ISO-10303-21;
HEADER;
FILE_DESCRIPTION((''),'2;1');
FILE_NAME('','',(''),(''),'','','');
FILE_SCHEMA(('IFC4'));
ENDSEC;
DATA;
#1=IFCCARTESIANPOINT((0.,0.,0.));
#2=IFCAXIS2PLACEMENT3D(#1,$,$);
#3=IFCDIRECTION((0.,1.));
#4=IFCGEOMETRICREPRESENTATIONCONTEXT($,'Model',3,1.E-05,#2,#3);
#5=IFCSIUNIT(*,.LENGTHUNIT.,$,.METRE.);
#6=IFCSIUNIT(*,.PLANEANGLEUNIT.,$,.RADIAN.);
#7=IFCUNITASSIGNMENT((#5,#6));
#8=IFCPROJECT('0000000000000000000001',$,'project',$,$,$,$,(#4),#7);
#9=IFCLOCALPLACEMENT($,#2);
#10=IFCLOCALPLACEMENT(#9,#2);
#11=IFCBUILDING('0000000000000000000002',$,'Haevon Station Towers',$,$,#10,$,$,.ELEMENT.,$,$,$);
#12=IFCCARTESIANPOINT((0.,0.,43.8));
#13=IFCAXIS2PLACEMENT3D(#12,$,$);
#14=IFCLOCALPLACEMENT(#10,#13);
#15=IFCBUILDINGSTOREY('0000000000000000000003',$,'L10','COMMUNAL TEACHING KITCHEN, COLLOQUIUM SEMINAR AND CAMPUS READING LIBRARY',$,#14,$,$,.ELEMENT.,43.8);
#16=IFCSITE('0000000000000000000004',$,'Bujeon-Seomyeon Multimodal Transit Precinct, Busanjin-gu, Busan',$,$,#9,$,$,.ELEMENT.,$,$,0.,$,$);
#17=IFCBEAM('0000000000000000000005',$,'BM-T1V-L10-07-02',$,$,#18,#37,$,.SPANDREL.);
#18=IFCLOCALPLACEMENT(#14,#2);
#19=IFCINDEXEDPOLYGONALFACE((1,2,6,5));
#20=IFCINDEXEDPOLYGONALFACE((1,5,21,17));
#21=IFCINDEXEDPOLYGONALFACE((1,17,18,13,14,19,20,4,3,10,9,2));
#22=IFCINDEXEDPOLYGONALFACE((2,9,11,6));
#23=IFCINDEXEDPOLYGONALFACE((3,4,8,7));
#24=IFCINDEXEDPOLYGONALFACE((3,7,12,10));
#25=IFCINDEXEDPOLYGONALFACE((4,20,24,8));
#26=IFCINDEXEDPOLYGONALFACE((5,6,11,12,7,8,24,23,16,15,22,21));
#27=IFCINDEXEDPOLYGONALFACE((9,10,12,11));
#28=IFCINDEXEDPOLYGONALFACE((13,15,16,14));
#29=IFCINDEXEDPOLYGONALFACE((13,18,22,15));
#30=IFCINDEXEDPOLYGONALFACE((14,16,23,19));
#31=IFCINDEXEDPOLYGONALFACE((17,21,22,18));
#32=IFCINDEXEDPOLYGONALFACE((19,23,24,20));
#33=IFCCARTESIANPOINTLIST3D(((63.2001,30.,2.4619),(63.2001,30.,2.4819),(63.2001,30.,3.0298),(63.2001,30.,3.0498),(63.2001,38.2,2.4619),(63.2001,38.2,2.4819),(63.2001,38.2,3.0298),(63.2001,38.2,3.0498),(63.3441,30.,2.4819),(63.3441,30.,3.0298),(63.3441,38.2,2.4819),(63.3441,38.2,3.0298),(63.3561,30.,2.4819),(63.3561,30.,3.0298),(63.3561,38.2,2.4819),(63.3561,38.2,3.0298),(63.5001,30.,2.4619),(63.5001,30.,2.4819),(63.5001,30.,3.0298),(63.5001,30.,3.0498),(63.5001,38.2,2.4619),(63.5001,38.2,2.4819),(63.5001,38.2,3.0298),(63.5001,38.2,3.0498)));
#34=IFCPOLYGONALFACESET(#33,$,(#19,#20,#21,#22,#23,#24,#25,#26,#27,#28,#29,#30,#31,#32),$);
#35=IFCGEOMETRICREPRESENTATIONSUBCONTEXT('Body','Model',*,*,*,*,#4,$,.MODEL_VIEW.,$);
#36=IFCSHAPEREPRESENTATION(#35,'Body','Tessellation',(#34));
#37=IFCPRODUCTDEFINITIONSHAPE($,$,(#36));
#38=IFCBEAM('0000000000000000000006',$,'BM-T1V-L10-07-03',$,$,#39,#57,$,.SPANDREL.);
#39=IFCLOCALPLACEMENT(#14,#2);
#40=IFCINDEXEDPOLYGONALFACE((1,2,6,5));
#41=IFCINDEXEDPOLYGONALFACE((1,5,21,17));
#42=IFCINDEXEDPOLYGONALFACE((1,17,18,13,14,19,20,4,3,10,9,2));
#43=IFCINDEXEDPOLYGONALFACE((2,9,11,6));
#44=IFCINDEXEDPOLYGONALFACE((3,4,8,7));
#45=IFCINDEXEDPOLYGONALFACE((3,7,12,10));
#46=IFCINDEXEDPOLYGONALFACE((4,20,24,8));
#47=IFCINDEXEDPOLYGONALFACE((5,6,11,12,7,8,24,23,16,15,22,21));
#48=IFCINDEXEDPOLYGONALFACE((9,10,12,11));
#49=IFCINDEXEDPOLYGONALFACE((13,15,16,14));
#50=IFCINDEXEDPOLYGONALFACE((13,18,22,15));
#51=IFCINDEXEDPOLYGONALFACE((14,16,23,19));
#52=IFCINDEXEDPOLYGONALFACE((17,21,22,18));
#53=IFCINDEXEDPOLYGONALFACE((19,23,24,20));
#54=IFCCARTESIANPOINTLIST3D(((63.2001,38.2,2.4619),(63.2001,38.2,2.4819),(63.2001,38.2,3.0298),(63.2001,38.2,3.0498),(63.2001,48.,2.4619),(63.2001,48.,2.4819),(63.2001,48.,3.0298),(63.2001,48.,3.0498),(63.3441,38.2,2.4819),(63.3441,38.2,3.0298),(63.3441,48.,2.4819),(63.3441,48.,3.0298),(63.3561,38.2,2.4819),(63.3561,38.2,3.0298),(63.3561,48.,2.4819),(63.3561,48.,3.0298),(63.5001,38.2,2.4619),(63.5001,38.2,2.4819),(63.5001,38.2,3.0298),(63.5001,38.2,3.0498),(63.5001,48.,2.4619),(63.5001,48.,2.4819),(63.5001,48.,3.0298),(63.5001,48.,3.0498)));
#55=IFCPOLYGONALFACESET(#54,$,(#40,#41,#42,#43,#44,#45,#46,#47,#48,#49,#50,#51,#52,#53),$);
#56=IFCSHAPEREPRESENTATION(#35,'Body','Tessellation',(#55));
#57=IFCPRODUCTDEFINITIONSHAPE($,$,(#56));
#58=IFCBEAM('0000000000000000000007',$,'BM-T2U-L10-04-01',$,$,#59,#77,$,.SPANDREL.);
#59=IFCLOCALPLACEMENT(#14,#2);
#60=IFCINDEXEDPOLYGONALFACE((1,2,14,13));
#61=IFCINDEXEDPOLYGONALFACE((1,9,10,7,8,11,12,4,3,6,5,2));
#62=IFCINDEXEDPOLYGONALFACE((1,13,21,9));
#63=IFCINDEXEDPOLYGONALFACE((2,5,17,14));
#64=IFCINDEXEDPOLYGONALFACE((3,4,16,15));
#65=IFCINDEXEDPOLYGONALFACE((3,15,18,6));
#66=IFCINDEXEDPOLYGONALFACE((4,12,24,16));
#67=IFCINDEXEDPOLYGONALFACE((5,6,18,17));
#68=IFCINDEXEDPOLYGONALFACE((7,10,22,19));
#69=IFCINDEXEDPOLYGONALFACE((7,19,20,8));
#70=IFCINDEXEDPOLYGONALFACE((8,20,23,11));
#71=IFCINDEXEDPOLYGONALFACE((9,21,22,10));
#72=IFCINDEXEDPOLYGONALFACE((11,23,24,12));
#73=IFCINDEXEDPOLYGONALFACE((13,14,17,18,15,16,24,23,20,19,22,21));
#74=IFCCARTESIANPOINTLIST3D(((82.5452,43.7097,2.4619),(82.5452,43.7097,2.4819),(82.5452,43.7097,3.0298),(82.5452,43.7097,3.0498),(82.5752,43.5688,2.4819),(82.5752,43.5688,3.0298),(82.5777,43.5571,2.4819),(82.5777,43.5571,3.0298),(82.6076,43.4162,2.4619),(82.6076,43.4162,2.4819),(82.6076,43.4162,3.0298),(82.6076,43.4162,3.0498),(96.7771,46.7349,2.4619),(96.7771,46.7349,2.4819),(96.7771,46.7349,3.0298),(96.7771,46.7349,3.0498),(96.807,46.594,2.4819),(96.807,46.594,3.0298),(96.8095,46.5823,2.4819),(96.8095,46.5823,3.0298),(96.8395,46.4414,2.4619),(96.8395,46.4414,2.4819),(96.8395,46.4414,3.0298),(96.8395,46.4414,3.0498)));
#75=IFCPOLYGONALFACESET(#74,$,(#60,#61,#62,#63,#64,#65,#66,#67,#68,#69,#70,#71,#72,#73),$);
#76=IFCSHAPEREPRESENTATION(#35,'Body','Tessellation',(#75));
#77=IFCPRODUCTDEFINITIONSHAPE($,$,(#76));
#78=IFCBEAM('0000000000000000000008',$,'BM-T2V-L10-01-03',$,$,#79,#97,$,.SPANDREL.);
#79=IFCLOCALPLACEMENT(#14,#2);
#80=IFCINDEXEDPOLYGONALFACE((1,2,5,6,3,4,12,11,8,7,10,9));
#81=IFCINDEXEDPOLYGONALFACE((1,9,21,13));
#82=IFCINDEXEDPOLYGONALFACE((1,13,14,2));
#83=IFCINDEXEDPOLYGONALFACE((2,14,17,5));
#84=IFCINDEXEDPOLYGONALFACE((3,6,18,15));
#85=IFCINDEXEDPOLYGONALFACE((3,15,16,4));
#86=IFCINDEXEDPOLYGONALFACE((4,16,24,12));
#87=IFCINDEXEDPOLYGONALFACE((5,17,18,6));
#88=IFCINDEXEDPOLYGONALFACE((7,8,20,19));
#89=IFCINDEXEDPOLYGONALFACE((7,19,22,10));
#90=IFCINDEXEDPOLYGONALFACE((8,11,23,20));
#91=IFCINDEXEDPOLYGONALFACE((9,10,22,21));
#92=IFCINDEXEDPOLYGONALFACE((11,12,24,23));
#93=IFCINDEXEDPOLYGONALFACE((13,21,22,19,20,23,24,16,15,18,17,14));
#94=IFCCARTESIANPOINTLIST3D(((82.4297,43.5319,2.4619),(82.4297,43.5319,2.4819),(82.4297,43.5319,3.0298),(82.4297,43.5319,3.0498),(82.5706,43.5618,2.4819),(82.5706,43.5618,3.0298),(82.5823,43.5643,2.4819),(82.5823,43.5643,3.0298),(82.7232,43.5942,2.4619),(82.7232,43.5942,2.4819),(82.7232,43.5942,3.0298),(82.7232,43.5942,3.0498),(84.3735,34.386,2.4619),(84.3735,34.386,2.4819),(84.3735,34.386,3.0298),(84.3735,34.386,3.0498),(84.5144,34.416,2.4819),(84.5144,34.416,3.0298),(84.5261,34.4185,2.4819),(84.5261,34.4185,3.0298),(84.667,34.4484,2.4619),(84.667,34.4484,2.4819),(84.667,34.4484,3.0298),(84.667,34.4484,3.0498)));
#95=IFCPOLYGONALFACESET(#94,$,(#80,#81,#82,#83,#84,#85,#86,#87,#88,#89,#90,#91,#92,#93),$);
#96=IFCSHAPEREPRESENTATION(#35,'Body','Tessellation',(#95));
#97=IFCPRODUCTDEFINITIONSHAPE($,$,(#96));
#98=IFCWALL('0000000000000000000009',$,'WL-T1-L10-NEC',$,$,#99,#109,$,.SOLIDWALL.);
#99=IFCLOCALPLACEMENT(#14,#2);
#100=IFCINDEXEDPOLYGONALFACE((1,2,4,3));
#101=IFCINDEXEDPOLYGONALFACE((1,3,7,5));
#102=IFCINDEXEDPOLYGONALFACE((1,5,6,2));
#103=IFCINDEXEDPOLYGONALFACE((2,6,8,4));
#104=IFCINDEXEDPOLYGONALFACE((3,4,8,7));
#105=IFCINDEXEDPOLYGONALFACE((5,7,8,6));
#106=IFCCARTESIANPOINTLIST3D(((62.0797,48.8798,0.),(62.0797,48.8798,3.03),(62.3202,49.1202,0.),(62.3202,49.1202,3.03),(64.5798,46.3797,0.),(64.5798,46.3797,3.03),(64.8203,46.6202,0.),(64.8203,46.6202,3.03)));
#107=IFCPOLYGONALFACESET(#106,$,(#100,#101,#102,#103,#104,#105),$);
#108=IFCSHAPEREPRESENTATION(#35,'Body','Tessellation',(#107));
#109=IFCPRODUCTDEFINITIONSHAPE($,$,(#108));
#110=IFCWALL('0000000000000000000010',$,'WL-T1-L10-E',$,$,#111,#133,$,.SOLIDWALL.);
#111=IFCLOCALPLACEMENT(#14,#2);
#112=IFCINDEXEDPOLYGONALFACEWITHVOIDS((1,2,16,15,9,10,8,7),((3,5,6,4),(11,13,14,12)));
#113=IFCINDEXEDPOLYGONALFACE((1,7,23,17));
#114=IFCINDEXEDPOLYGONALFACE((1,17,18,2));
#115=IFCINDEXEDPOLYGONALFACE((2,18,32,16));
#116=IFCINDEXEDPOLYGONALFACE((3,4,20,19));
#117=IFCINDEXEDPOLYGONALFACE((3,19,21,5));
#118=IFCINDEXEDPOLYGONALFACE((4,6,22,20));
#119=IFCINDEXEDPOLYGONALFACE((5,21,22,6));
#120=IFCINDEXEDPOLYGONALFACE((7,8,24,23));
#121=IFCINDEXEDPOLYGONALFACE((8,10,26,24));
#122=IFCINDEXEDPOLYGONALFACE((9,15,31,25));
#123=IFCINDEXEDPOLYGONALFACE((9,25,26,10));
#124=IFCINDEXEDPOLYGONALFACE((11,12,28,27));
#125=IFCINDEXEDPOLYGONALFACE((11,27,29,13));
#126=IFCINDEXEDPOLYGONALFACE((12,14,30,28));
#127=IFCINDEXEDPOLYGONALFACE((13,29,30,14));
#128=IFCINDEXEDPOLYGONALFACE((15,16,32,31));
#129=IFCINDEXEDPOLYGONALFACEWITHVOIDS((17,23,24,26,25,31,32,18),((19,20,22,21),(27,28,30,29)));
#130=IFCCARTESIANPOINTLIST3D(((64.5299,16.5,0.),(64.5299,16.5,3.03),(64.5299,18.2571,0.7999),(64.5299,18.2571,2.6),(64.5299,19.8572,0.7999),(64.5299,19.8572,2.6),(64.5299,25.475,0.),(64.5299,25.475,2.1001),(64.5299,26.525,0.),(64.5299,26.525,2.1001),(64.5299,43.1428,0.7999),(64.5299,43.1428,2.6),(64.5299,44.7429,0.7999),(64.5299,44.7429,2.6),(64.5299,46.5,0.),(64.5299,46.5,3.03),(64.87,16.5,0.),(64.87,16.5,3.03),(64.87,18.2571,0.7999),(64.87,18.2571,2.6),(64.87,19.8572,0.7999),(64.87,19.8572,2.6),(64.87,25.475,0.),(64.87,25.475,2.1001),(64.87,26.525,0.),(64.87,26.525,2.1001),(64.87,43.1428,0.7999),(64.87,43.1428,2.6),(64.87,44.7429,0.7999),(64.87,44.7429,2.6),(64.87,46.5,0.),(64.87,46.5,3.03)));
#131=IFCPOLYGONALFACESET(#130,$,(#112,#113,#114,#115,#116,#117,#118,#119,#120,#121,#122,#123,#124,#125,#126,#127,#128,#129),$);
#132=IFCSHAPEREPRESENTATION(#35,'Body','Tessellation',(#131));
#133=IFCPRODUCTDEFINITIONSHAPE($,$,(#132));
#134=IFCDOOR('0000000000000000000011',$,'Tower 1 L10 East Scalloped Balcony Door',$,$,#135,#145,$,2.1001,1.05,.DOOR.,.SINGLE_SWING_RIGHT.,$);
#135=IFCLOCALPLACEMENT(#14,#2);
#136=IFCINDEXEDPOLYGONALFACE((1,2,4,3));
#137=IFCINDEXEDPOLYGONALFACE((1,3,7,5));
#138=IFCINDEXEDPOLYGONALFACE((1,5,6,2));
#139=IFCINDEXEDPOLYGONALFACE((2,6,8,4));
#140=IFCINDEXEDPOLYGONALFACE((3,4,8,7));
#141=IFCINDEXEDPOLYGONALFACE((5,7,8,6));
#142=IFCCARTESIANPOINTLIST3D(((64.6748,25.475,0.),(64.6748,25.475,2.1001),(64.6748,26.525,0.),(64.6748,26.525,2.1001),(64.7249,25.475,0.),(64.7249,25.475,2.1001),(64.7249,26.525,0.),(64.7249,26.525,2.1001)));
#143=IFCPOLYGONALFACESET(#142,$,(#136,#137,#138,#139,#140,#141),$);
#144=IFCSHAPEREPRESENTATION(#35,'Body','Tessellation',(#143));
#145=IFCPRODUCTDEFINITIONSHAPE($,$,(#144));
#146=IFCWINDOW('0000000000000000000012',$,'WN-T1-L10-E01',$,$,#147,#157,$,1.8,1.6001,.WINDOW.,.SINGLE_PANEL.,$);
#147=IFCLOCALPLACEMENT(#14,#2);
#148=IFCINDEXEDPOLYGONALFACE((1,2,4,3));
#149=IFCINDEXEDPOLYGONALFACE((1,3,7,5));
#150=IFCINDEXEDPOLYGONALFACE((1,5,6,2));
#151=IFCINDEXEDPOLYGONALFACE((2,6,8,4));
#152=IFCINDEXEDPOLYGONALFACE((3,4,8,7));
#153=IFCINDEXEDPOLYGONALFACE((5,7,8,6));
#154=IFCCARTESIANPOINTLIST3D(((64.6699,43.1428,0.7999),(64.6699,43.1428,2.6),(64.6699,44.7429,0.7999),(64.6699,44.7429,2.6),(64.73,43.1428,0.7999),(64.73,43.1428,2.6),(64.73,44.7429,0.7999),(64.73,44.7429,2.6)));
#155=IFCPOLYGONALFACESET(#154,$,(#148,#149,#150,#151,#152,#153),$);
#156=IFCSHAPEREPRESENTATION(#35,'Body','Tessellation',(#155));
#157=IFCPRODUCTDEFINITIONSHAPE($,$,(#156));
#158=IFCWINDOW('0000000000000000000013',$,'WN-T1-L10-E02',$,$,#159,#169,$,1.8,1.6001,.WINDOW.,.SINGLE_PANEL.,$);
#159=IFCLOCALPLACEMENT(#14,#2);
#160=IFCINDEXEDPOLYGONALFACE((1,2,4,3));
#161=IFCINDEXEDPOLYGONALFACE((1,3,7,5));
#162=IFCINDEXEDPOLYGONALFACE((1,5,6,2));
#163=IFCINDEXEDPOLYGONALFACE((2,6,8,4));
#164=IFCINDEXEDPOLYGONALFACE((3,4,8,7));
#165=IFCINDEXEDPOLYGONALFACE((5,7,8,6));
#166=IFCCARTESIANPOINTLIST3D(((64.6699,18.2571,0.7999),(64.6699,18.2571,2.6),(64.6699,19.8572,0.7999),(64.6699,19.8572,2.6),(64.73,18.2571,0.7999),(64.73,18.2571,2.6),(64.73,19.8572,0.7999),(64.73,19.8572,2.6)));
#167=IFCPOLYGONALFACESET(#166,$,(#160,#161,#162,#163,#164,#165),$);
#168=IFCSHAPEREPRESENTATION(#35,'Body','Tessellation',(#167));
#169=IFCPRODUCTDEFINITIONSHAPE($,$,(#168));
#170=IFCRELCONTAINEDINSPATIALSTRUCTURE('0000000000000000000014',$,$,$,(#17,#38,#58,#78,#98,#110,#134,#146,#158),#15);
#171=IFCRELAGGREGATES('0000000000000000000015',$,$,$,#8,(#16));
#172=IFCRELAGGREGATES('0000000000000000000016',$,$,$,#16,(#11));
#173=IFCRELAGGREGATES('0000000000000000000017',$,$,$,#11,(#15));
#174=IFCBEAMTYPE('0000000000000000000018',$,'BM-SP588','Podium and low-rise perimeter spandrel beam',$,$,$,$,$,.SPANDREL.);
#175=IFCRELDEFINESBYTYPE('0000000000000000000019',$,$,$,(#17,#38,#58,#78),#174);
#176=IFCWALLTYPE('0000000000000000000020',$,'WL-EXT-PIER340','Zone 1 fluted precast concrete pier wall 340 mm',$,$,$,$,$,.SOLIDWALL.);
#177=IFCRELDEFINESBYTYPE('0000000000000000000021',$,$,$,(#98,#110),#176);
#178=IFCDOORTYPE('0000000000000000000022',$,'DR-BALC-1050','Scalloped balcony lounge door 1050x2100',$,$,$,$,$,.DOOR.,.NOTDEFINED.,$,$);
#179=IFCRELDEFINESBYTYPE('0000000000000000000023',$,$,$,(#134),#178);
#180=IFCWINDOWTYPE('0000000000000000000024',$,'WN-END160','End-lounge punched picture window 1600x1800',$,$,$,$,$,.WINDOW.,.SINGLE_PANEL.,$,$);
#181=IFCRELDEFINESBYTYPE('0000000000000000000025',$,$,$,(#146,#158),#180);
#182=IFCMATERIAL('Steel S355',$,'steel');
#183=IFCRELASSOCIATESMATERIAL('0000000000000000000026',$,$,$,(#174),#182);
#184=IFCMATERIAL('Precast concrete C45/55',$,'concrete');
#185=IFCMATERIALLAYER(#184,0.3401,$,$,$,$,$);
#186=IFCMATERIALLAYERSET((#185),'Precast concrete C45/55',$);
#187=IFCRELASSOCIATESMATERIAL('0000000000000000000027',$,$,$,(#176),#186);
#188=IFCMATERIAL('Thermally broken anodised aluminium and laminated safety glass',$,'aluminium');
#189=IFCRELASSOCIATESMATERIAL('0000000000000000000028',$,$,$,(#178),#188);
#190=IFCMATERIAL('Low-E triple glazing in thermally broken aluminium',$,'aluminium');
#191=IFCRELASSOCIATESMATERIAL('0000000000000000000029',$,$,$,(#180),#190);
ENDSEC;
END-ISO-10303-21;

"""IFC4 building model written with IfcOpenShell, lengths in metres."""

from ifc_helpers import new_model, si_unit, direction, frame, frame_2d, origin, origin_2d, place, context, subcontext, project, spatial, rectangle, i_section, extrude, material, layer, layer_set, material_profile, profile_set, type_object, element, fill, save


model = new_model("IFC4")

# Units and contexts
model_context = context("Model", 3, precision=1e-05, world=origin(), true_north=direction((0.0, 1.0)))
body_context = subcontext(model_context, "Body", "Model", "MODEL_VIEW")
ifc_project = project(units=[si_unit("LENGTHUNIT", "METRE"), si_unit("PLANEANGLEUNIT", "RADIAN")], contexts=[model_context])

# Site, building, storey
site_placement = place(None, origin())
site = spatial("IfcSite", under=ifc_project, at=site_placement, Name="Bujeon-Seomyeon Multimodal Transit Precinct, Busanjin-gu, Busan", CompositionType="ELEMENT", RefElevation=0.0)
building_placement = place(site_placement, origin())
building = spatial("IfcBuilding", under=site, at=building_placement, Name="Haevon Station Towers", CompositionType="ELEMENT")
storey_placement = place(building_placement, frame((0.0, 0.0, 43.8)))
storey = spatial("IfcBuildingStorey", under=building, at=storey_placement, Name="L10", Description="COMMUNAL TEACHING KITCHEN, COLLOQUIUM SEMINAR AND CAMPUS READING LIBRARY", CompositionType="ELEMENT", Elevation=43.8)

# Beams
ifc_material_1 = material(Name="Steel S355", Category="steel")
ifc_material_profile_1 = material_profile(ifc_material_1, i_section(OverallWidth=0.3, OverallDepth=0.5879, WebThickness=0.012, FlangeThickness=0.02, at=origin_2d()), Name="H-588x300x12x20")
ifc_profile_set_1 = profile_set([ifc_material_profile_1], Name="Steel S355")
beam_type_1 = type_object("IfcBeamType", Name="BM-SP588", Description="Podium and low-rise perimeter spandrel beam", PredefinedType="SPANDREL", material=ifc_profile_set_1)
beam_1_placement = place(storey_placement, frame((63.3501, 30.0, 2.7559), z_axis=(0.0, 1.0, 0.0), x_axis=(-1.0, 0.0, 0.0)))
element("IfcBeam", 1, at=beam_1_placement, inside=storey, type_object=beam_type_1, Name="BM-T1V-L10-07-02", PredefinedType="SPANDREL", context=body_context, shape_type="SweptSolid", body=[
    extrude(i_section(OverallWidth=0.3, OverallDepth=0.5879, WebThickness=0.012, FlangeThickness=0.02, at=origin_2d()), origin(), (0.0, 0.0, 1.0), 8.2),
])
beam_2_placement = place(storey_placement, frame((63.3501, 38.2, 2.7559), z_axis=(0.0, 1.0, 0.0), x_axis=(-1.0, 0.0, 0.0)))
element("IfcBeam", 2, at=beam_2_placement, inside=storey, type_object=beam_type_1, Name="BM-T1V-L10-07-03", PredefinedType="SPANDREL", context=body_context, shape_type="SweptSolid", body=[
    extrude(i_section(OverallWidth=0.3, OverallDepth=0.5879, WebThickness=0.012, FlangeThickness=0.02, at=origin_2d()), origin(), (0.0, 0.0, 1.0), 9.8),
])
beam_3_placement = place(storey_placement, frame((82.5764, 43.563, 2.7559), z_axis=(0.978147, 0.207915, 0.0), x_axis=(-0.207915, 0.978147, 0.0)))
element("IfcBeam", 3, at=beam_3_placement, inside=storey, type_object=beam_type_1, Name="BM-T2U-L10-04-01", PredefinedType="SPANDREL", context=body_context, shape_type="SweptSolid", body=[
    extrude(i_section(OverallWidth=0.3, OverallDepth=0.5879, WebThickness=0.012, FlangeThickness=0.02, at=origin_2d()), origin(), (0.0, 0.0, 1.0), 14.5498),
])
beam_4_placement = place(storey_placement, frame((84.5203, 34.4172, 2.7559), z_axis=(-0.207897, 0.978151, 0.0), x_axis=(-0.978151, -0.207897, 0.0)))
element("IfcBeam", 4, at=beam_4_placement, inside=storey, type_object=beam_type_1, Name="BM-T2V-L10-01-03", PredefinedType="SPANDREL", context=body_context, shape_type="SweptSolid", body=[
    extrude(i_section(OverallWidth=0.3, OverallDepth=0.5879, WebThickness=0.012, FlangeThickness=0.02, at=origin_2d()), origin(), (0.0, 0.0, 1.0), 9.3501),
])

# Wall
ifc_material_2 = material(Name="Precast concrete C45/55", Category="concrete")
ifc_layer_1 = layer(ifc_material_2, 0.3401)
ifc_layer_set_1 = layer_set([ifc_layer_1], Name="Precast concrete C45/55")
wall_type_1 = type_object("IfcWallType", Name="WL-EXT-PIER340", Description="Zone 1 fluted precast concrete pier wall 340 mm", PredefinedType="SOLIDWALL", material=ifc_layer_set_1)
wall_1_placement = place(storey_placement, frame((62.2, 49.0, 0.0), z_axis=(0.0, 0.0, 1.0), x_axis=(0.707107, -0.707107, 0.0)))
element("IfcWall", 5, at=wall_1_placement, inside=storey, type_object=wall_type_1, Name="WL-T1-L10-NEC", PredefinedType="SOLIDWALL", context=body_context, shape_type="SweptSolid", body=[
    extrude(rectangle(XDim=3.5356, YDim=0.3401, at=frame_2d((1.7678, 0.0))), origin(), (0.0, 0.0, 1.0), 3.03),
])

# Wall, openings, door, windows
wall_2_placement = place(storey_placement, frame((64.7, 46.5, 0.0), z_axis=(0.0, 0.0, 1.0), x_axis=(0.0, -1.0, 0.0)))
wall_2 = element("IfcWall", 6, at=wall_2_placement, inside=storey, type_object=wall_type_1, Name="WL-T1-L10-E", PredefinedType="SOLIDWALL", context=body_context, shape_type="SweptSolid", body=[
    extrude(rectangle(XDim=30.0, YDim=0.3401, at=frame_2d((15.0, 0.0))), origin(), (0.0, 0.0, 1.0), 3.03),
])
opening_1_placement = place(wall_2_placement, frame((19.9751, 0.0, 0.0)))
opening_1 = element("IfcOpeningElement", 7, at=opening_1_placement, cuts=wall_2, PredefinedType="OPENING", context=body_context, shape_type="SweptSolid", body=[
    extrude(rectangle(XDim=1.05, YDim=2.1001, at=frame_2d((0.5249, 1.05))), frame((0.0, 0.1799, 0.0), z_axis=(0.0, -1.0, 0.0), x_axis=(1.0, 0.0, 0.0)), (0.0, 0.0, 1.0), 0.3601),
])
opening_2_placement = place(wall_2_placement, frame((1.7571, 0.0, 0.8)))
opening_2 = element("IfcOpeningElement", 8, at=opening_2_placement, cuts=wall_2, PredefinedType="OPENING", context=body_context, shape_type="SweptSolid", body=[
    extrude(rectangle(XDim=1.6001, YDim=1.8, at=frame_2d((0.8, 0.8999))), frame((0.0, 0.1799, 0.0), z_axis=(0.0, -1.0, 0.0), x_axis=(1.0, 0.0, 0.0)), (0.0, 0.0, 1.0), 0.3601),
])
opening_3_placement = place(wall_2_placement, frame((26.6428, 0.0, 0.8)))
opening_3 = element("IfcOpeningElement", 9, at=opening_3_placement, cuts=wall_2, PredefinedType="OPENING", context=body_context, shape_type="SweptSolid", body=[
    extrude(rectangle(XDim=1.6001, YDim=1.8, at=frame_2d((0.8, 0.8999))), frame((0.0, 0.1799, 0.0), z_axis=(0.0, -1.0, 0.0), x_axis=(1.0, 0.0, 0.0)), (0.0, 0.0, 1.0), 0.3601),
])
ifc_material_3 = material(Name="Thermally broken anodised aluminium and laminated safety glass", Category="aluminium")
door_type = type_object("IfcDoorType", Name="DR-BALC-1050", Description="Scalloped balcony lounge door 1050x2100", OperationType="NOTDEFINED", PredefinedType="DOOR", material=ifc_material_3)
door_placement = place(opening_1_placement, origin())
door = element("IfcDoor", 10, at=door_placement, inside=storey, type_object=door_type, Name="Tower 1 L10 East Scalloped Balcony Door", OperationType="SINGLE_SWING_RIGHT", OverallHeight=2.1001, OverallWidth=1.05, PredefinedType="DOOR", context=body_context, shape_type="SweptSolid", body=[
    extrude(rectangle(XDim=1.05, YDim=2.1001, at=frame_2d((0.5249, 1.05))), frame((0.0, 0.0249, 0.0), z_axis=(0.0, -1.0, 0.0), x_axis=(1.0, 0.0, 0.0)), (0.0, 0.0, 1.0), 0.05),
])
fill(opening_1, door)
ifc_material_4 = material(Name="Low-E triple glazing in thermally broken aluminium", Category="aluminium")
window_type = type_object("IfcWindowType", Name="WN-END160", Description="End-lounge punched picture window 1600x1800", PartitioningType="SINGLE_PANEL", PredefinedType="WINDOW", material=ifc_material_4)
window_1_placement = place(opening_2_placement, origin())
window_1 = element("IfcWindow", 11, at=window_1_placement, inside=storey, type_object=window_type, Name="WN-T1-L10-E01", OverallHeight=1.8, OverallWidth=1.6001, PartitioningType="SINGLE_PANEL", PredefinedType="WINDOW", context=body_context, shape_type="SweptSolid", body=[
    extrude(rectangle(XDim=1.6001, YDim=1.8, at=frame_2d((0.8, 0.8999))), frame((0.0, 0.03, 0.0), z_axis=(0.0, -1.0, 0.0), x_axis=(1.0, 0.0, 0.0)), (0.0, 0.0, 1.0), 0.0601),
])
fill(opening_2, window_1)
window_2_placement = place(opening_3_placement, origin())
window_2 = element("IfcWindow", 12, at=window_2_placement, inside=storey, type_object=window_type, Name="WN-T1-L10-E02", OverallHeight=1.8, OverallWidth=1.6001, PartitioningType="SINGLE_PANEL", PredefinedType="WINDOW", context=body_context, shape_type="SweptSolid", body=[
    extrude(rectangle(XDim=1.6001, YDim=1.8, at=frame_2d((0.8, 0.8999))), frame((0.0, 0.03, 0.0), z_axis=(0.0, -1.0, 0.0), x_axis=(1.0, 0.0, 0.0)), (0.0, 0.0, 1.0), 0.0601),
])
fill(opening_3, window_2)

save(model, "model.ifc")
